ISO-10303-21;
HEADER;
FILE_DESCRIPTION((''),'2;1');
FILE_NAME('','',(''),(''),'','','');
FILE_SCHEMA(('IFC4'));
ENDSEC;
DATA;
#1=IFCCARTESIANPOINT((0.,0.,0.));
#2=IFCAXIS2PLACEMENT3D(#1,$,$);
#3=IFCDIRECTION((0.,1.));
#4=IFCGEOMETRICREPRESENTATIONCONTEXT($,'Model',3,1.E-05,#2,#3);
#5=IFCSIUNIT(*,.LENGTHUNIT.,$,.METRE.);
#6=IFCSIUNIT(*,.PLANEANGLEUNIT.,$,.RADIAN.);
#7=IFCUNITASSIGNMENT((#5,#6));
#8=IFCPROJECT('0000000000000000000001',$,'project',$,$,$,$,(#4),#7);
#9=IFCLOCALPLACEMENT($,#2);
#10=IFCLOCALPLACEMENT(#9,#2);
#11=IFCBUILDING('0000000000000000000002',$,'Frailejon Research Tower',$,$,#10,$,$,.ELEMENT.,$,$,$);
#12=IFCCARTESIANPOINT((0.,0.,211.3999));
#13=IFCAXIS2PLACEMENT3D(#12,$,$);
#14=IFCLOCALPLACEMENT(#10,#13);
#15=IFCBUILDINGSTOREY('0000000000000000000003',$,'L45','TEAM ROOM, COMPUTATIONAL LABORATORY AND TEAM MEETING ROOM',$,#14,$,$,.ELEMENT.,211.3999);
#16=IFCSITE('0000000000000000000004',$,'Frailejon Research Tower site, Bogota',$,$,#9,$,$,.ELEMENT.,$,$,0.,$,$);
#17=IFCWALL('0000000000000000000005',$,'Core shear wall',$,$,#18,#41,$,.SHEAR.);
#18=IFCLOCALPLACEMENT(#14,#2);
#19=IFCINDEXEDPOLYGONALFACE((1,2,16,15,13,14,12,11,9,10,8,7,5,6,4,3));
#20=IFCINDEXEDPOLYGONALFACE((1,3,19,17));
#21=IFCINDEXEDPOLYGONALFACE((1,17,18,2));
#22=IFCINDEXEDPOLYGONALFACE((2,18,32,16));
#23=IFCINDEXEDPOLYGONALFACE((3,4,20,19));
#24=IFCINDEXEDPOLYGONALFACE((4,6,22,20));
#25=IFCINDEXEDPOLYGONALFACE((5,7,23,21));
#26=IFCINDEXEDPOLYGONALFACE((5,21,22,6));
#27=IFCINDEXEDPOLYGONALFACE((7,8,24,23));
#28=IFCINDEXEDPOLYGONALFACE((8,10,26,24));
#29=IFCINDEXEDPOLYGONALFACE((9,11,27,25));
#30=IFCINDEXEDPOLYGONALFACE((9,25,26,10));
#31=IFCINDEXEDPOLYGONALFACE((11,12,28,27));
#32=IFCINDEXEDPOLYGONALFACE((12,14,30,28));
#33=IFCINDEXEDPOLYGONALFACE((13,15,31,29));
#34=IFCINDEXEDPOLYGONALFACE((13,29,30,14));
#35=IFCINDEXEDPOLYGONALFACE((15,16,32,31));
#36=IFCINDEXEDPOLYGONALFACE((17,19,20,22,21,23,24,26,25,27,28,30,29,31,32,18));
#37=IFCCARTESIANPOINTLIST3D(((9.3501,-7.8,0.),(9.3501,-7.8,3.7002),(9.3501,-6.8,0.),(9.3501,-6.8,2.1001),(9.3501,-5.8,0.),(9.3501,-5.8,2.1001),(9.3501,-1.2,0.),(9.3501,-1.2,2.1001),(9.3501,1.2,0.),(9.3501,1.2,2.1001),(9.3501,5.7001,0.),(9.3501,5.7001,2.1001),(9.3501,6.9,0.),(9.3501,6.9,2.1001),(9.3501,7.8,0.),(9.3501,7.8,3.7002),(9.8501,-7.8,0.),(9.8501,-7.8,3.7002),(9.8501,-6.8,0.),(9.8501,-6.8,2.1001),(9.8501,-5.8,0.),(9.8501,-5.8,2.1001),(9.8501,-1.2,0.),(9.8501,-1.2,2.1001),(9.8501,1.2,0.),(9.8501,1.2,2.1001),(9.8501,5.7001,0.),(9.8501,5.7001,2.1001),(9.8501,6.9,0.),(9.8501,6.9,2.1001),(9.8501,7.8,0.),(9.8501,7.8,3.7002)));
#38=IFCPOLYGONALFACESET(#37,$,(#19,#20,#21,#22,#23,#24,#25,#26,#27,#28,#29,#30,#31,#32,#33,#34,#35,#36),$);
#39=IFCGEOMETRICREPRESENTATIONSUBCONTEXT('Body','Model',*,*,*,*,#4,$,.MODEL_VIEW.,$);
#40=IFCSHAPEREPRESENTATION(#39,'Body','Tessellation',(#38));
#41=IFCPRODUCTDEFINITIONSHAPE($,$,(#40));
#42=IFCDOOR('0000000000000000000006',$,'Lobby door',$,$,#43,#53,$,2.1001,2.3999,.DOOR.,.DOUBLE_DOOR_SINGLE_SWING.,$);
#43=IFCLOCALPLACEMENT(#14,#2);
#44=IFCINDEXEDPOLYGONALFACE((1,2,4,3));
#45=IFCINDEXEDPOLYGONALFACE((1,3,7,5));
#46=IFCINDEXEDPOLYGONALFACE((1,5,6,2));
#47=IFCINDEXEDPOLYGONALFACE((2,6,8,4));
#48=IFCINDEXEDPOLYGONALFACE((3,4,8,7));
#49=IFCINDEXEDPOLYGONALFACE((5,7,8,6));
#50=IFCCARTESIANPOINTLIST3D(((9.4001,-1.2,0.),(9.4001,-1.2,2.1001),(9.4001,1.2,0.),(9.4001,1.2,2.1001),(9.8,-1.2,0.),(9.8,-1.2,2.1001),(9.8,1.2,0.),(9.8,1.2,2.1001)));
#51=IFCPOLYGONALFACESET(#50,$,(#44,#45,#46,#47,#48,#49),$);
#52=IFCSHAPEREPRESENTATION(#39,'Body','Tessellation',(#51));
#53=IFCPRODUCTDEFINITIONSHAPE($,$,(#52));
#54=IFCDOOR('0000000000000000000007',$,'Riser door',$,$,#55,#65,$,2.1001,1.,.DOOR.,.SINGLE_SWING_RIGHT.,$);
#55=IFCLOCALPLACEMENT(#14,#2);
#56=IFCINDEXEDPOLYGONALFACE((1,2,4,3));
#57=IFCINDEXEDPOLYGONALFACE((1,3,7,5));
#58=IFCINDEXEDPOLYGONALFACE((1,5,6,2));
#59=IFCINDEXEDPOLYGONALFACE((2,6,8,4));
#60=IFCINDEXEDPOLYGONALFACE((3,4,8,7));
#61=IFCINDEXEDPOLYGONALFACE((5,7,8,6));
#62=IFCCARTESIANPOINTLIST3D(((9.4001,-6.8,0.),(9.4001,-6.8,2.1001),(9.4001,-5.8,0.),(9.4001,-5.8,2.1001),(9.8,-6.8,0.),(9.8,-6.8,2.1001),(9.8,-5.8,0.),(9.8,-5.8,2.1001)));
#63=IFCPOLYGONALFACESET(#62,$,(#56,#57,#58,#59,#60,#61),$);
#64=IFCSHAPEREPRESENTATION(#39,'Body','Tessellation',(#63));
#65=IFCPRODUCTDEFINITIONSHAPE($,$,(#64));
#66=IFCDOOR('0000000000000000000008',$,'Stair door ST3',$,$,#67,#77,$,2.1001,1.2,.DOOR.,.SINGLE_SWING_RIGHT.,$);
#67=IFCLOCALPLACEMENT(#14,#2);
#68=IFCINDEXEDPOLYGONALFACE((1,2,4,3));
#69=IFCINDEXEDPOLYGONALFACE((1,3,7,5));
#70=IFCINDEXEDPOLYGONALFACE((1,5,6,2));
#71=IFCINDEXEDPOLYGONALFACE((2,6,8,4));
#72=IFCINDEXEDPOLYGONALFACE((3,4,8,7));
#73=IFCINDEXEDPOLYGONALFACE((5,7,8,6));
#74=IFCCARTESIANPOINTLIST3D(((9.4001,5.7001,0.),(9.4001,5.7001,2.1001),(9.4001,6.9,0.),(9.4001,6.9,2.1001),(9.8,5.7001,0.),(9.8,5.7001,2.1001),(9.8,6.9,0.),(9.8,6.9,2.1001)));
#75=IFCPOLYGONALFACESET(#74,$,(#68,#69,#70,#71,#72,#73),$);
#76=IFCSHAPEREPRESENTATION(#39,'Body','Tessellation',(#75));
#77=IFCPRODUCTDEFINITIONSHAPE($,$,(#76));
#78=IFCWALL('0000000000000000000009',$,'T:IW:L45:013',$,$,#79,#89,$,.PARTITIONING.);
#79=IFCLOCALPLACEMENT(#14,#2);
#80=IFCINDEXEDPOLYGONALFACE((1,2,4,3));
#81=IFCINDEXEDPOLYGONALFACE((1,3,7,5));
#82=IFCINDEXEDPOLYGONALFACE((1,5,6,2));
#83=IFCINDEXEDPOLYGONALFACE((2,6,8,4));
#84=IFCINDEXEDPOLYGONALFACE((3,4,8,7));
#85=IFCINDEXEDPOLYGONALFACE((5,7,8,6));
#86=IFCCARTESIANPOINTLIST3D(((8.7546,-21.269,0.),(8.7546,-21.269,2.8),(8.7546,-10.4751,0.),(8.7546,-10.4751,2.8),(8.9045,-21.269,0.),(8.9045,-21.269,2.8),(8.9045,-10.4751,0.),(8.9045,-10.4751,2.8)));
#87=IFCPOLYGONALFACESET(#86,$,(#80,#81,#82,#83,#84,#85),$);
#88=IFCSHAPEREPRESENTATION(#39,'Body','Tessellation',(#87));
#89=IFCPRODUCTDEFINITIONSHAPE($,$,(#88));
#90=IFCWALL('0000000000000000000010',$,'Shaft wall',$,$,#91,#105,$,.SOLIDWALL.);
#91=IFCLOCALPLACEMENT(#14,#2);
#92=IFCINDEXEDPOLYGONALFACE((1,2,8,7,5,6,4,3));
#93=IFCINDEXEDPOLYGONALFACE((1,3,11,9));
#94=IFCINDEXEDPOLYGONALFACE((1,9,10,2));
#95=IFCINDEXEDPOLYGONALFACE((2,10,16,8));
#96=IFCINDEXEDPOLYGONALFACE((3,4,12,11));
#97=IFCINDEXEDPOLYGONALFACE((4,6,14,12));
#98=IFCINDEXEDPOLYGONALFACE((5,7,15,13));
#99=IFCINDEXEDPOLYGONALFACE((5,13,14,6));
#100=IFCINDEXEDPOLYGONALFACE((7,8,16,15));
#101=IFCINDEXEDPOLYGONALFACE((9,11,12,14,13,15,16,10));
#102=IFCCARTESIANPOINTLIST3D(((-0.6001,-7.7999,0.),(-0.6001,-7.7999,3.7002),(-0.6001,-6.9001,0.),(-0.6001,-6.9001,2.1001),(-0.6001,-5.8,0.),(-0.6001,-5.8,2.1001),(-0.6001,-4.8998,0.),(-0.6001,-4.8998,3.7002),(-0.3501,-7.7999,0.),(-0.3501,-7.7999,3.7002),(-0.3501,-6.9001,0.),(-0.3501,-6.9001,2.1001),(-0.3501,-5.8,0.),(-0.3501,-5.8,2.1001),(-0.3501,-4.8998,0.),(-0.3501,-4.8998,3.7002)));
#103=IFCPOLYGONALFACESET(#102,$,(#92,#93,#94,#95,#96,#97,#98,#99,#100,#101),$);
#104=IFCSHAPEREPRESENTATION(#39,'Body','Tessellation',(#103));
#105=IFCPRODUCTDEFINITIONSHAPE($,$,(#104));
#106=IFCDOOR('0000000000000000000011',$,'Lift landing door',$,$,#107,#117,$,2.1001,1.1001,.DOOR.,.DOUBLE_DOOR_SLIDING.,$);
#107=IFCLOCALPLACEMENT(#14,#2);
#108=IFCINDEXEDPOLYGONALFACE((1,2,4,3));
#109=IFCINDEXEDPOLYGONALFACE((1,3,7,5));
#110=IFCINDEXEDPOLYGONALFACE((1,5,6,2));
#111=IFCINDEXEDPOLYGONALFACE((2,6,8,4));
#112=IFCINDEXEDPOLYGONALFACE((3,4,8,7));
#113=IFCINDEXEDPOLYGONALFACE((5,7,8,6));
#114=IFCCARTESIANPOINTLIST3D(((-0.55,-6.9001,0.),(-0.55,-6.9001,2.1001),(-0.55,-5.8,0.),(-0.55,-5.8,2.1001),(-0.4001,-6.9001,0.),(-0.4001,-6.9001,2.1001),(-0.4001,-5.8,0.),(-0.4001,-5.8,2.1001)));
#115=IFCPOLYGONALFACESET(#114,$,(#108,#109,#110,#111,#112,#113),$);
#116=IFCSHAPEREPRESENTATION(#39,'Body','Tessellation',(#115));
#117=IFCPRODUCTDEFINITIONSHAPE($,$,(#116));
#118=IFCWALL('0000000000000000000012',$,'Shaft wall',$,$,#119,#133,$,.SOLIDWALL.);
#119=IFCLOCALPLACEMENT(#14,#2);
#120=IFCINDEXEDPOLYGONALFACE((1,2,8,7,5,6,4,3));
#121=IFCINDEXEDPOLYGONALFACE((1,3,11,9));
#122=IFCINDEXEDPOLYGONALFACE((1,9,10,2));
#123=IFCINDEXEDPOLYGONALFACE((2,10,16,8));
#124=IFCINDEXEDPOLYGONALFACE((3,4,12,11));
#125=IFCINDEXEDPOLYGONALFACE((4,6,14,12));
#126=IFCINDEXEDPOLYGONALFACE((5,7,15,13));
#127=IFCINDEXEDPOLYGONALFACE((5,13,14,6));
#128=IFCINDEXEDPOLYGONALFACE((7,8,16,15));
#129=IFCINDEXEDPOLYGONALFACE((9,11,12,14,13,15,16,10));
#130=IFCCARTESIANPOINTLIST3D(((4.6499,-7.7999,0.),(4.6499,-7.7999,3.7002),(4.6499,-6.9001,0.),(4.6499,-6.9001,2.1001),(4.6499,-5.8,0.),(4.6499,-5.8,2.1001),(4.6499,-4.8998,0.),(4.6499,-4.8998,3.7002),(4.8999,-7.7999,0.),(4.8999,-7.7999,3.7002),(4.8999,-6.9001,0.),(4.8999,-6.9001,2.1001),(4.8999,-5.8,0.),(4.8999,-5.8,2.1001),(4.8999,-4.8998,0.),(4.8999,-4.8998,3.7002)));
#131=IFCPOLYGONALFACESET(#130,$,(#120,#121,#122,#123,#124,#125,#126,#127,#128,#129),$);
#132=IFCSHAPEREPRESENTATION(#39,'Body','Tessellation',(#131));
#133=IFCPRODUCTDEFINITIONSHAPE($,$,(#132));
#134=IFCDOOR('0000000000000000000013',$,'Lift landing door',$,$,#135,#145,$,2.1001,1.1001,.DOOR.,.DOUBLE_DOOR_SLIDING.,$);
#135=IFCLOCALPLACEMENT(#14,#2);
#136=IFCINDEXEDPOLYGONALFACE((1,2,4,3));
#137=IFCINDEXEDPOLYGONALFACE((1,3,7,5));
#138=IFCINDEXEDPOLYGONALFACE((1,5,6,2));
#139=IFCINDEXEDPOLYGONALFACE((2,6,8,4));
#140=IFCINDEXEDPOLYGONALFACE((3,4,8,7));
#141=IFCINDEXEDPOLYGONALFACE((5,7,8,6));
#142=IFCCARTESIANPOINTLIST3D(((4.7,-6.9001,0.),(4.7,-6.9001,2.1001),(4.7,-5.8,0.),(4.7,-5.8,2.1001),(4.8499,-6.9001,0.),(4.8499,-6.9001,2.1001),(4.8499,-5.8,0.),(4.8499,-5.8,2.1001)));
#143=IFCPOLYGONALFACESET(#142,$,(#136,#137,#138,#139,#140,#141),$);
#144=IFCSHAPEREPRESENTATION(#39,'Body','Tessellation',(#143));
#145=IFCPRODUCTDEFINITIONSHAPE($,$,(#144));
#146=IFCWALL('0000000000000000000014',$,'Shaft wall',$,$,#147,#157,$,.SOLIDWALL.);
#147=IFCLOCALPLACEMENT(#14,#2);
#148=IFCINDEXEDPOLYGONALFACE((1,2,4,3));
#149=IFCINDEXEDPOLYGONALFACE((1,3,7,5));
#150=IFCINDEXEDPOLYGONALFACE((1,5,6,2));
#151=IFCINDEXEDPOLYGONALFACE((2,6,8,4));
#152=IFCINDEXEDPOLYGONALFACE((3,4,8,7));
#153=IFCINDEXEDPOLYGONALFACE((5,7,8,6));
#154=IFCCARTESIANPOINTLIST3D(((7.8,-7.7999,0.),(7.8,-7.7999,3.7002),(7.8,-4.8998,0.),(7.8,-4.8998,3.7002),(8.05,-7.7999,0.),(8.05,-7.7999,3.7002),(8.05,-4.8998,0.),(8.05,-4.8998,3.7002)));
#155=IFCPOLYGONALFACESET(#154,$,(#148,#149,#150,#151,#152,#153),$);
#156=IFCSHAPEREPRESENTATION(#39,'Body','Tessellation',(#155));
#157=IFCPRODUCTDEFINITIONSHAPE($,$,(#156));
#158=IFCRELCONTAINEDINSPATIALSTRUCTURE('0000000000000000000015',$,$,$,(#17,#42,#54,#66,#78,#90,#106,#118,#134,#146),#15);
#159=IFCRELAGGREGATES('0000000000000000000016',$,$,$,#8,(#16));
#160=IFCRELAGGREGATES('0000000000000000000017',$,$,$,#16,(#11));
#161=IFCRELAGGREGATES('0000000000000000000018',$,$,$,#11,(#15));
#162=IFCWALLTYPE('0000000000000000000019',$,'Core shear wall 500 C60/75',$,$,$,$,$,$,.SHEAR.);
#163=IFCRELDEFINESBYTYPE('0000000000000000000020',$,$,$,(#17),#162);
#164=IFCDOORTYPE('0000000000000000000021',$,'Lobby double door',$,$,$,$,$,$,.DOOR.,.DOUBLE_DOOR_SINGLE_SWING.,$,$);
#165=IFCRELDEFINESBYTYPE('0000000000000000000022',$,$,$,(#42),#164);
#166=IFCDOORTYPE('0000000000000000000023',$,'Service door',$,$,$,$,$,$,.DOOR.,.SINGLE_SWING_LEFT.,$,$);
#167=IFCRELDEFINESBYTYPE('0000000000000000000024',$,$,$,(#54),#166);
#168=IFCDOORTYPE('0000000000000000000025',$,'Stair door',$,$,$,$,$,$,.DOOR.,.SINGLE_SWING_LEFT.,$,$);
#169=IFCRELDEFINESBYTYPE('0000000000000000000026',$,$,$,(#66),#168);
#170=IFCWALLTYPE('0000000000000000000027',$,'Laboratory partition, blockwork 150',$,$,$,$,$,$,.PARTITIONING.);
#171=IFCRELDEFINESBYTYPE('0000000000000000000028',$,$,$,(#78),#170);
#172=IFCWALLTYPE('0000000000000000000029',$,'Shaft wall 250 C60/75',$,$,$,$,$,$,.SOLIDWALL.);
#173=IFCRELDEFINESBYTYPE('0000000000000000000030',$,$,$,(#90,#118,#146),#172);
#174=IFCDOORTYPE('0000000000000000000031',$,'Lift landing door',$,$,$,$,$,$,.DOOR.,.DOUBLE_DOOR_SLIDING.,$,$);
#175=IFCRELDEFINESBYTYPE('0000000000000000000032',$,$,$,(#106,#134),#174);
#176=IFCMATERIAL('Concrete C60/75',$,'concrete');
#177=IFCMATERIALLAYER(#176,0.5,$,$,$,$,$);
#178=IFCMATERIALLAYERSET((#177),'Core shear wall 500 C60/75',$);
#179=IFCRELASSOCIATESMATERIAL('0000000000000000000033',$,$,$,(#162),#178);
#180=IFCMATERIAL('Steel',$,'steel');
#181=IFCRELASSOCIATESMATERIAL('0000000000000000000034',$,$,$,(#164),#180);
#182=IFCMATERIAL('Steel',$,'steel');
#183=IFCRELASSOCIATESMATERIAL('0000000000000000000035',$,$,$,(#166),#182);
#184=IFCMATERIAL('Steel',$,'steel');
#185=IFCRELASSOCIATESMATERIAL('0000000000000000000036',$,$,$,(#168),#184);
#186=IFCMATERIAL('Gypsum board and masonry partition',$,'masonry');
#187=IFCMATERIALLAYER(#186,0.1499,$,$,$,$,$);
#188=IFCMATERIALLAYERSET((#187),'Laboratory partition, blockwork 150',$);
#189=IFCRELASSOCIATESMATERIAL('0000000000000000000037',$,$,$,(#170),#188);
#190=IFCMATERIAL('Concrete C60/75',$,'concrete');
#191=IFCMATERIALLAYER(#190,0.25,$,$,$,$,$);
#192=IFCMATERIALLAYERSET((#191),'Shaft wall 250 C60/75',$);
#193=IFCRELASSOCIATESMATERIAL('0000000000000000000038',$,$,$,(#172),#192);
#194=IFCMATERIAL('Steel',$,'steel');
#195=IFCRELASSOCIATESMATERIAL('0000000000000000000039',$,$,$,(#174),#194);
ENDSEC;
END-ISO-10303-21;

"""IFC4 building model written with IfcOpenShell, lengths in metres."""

from ifc_helpers import new_model, si_unit, direction, frame, frame_2d, origin, place, context, subcontext, project, spatial, rectangle, extrude, material, layer, layer_set, type_object, element, fill, save


model = new_model("IFC4")

# Units and contexts
model_context = context("Model", 3, precision=1e-05, world=origin(), true_north=direction((0.0, 1.0)))
body_context = subcontext(model_context, "Body", "Model", "MODEL_VIEW")
ifc_project = project(units=[si_unit("LENGTHUNIT", "METRE"), si_unit("PLANEANGLEUNIT", "RADIAN")], contexts=[model_context])

# Site, building, storey
site_placement = place(None, origin())
site = spatial("IfcSite", under=ifc_project, at=site_placement, Name="Frailejon Research Tower site, Bogota", CompositionType="ELEMENT", RefElevation=0.0)
building_placement = place(site_placement, origin())
building = spatial("IfcBuilding", under=site, at=building_placement, Name="Frailejon Research Tower", CompositionType="ELEMENT")
storey_placement = place(building_placement, frame((0.0, 0.0, 211.3999)))
storey = spatial("IfcBuildingStorey", under=building, at=storey_placement, Name="L45", Description="TEAM ROOM, COMPUTATIONAL LABORATORY AND TEAM MEETING ROOM", CompositionType="ELEMENT", Elevation=211.3999)

# Wall, openings, doors
ifc_material_1 = material(Name="Concrete C60/75", Category="concrete")
ifc_layer_1 = layer(ifc_material_1, 0.5)
ifc_layer_set_1 = layer_set([ifc_layer_1], Name="Core shear wall 500 C60/75")
wall_type_1 = type_object("IfcWallType", Name="Core shear wall 500 C60/75", PredefinedType="SHEAR", material=ifc_layer_set_1)
wall_1_placement = place(storey_placement, frame((9.6001, -7.8, 0.0), z_axis=(0.0, 0.0, 1.0), x_axis=(0.0, 1.0, 0.0)))
wall_1 = element("IfcWall", 1, at=wall_1_placement, inside=storey, type_object=wall_type_1, Name="Core shear wall", PredefinedType="SHEAR", context=body_context, shape_type="SweptSolid", body=[
    extrude(rectangle(XDim=15.6001, YDim=0.5, at=frame_2d((7.8, 0.0))), origin(), (0.0, 0.0, 1.0), 3.7002),
])
opening_1_placement = place(wall_1_placement, frame((6.6001, 0.0, 0.0)))
opening_1 = element("IfcOpeningElement", 2, at=opening_1_placement, cuts=wall_1, PredefinedType="OPENING", context=body_context, shape_type="SweptSolid", body=[
    extrude(rectangle(XDim=2.3999, YDim=2.1001, at=frame_2d((1.2, 1.05))), frame((0.0, 0.26, 0.0), z_axis=(0.0, -1.0, 0.0), x_axis=(1.0, 0.0, 0.0)), (0.0, 0.0, 1.0), 0.52),
])
opening_2_placement = place(wall_1_placement, frame((13.5, 0.0, 0.0)))
opening_2 = element("IfcOpeningElement", 3, at=opening_2_placement, cuts=wall_1, PredefinedType="OPENING", context=body_context, shape_type="SweptSolid", body=[
    extrude(rectangle(XDim=1.2, YDim=2.1001, at=frame_2d((0.6001, 1.05))), frame((0.0, 0.26, 0.0), z_axis=(0.0, -1.0, 0.0), x_axis=(1.0, 0.0, 0.0)), (0.0, 0.0, 1.0), 0.52),
])
opening_3_placement = place(wall_1_placement, frame((1.0, 0.0, 0.0)))
opening_3 = element("IfcOpeningElement", 4, at=opening_3_placement, cuts=wall_1, PredefinedType="OPENING", context=body_context, shape_type="SweptSolid", body=[
    extrude(rectangle(XDim=1.0, YDim=2.1001, at=frame_2d((0.5, 1.05))), frame((0.0, 0.26, 0.0), z_axis=(0.0, -1.0, 0.0), x_axis=(1.0, 0.0, 0.0)), (0.0, 0.0, 1.0), 0.52),
])
ifc_material_2 = material(Name="Steel", Category="steel")
door_type_1 = type_object("IfcDoorType", Name="Lobby double door", OperationType="DOUBLE_DOOR_SINGLE_SWING", PredefinedType="DOOR", material=ifc_material_2)
door_1_placement = place(opening_1_placement, origin())
door_1 = element("IfcDoor", 5, at=door_1_placement, inside=storey, type_object=door_type_1, Name="Lobby door", OperationType="DOUBLE_DOOR_SINGLE_SWING", OverallHeight=2.1001, OverallWidth=2.3999, PredefinedType="DOOR", context=body_context, shape_type="SweptSolid", body=[
    extrude(rectangle(XDim=2.3999, YDim=2.1001, at=frame_2d((1.2, 1.05))), frame((0.0, 0.2, 0.0), z_axis=(0.0, -1.0, 0.0), x_axis=(1.0, 0.0, 0.0)), (0.0, 0.0, 1.0), 0.3999),
])
fill(opening_1, door_1)
ifc_material_3 = material(Name="Steel", Category="steel")
door_type_2 = type_object("IfcDoorType", Name="Service door", OperationType="SINGLE_SWING_LEFT", PredefinedType="DOOR", material=ifc_material_3)
door_2_placement = place(opening_3_placement, origin())
door_2 = element("IfcDoor", 6, at=door_2_placement, inside=storey, type_object=door_type_2, Name="Riser door", OperationType="SINGLE_SWING_RIGHT", OverallHeight=2.1001, OverallWidth=1.0, PredefinedType="DOOR", context=body_context, shape_type="SweptSolid", body=[
    extrude(rectangle(XDim=1.0, YDim=2.1001, at=frame_2d((0.5, 1.05))), frame((0.0, 0.2, 0.0), z_axis=(0.0, -1.0, 0.0), x_axis=(1.0, 0.0, 0.0)), (0.0, 0.0, 1.0), 0.3999),
])
fill(opening_3, door_2)
ifc_material_4 = material(Name="Steel", Category="steel")
door_type_3 = type_object("IfcDoorType", Name="Stair door", OperationType="SINGLE_SWING_LEFT", PredefinedType="DOOR", material=ifc_material_4)
door_3_placement = place(opening_2_placement, origin())
door_3 = element("IfcDoor", 7, at=door_3_placement, inside=storey, type_object=door_type_3, Name="Stair door ST3", OperationType="SINGLE_SWING_RIGHT", OverallHeight=2.1001, OverallWidth=1.2, PredefinedType="DOOR", context=body_context, shape_type="SweptSolid", body=[
    extrude(rectangle(XDim=1.2, YDim=2.1001, at=frame_2d((0.6001, 1.05))), frame((0.0, 0.2, 0.0), z_axis=(0.0, -1.0, 0.0), x_axis=(1.0, 0.0, 0.0)), (0.0, 0.0, 1.0), 0.3999),
])
fill(opening_2, door_3)

# Wall
ifc_material_5 = material(Name="Gypsum board and masonry partition", Category="masonry")
ifc_layer_2 = layer(ifc_material_5, 0.1499)
ifc_layer_set_2 = layer_set([ifc_layer_2], Name="Laboratory partition, blockwork 150")
wall_type_2 = type_object("IfcWallType", Name="Laboratory partition, blockwork 150", PredefinedType="PARTITIONING", material=ifc_layer_set_2)
wall_2_placement = place(storey_placement, frame((8.8296, -21.269, 0.0), z_axis=(0.0, 0.0, 1.0), x_axis=(0.0, 1.0, 0.0)))
element("IfcWall", 8, at=wall_2_placement, inside=storey, type_object=wall_type_2, Name="T:IW:L45:013", PredefinedType="PARTITIONING", context=body_context, shape_type="SweptSolid", body=[
    extrude(rectangle(XDim=10.7939, YDim=0.1499, at=frame_2d((5.397, 0.0))), origin(), (0.0, 0.0, 1.0), 2.8),
])

# Walls, openings, doors
ifc_material_6 = material(Name="Concrete C60/75", Category="concrete")
ifc_layer_3 = layer(ifc_material_6, 0.25)
ifc_layer_set_3 = layer_set([ifc_layer_3], Name="Shaft wall 250 C60/75")
wall_type_3 = type_object("IfcWallType", Name="Shaft wall 250 C60/75", PredefinedType="SOLIDWALL", material=ifc_layer_set_3)
wall_3_placement = place(storey_placement, frame((-0.4751, -7.8, 0.0), z_axis=(0.0, 0.0, 1.0), x_axis=(0.0, 1.0, 0.0)))
wall_3 = element("IfcWall", 9, at=wall_3_placement, inside=storey, type_object=wall_type_3, Name="Shaft wall", PredefinedType="SOLIDWALL", context=body_context, shape_type="SweptSolid", body=[
    extrude(rectangle(XDim=2.9001, YDim=0.25, at=frame_2d((1.4502, 0.0))), origin(), (0.0, 0.0, 1.0), 3.7002),
])
opening_4_placement = place(wall_3_placement, frame((0.8999, 0.0, 0.0)))
opening_4 = element("IfcOpeningElement", 10, at=opening_4_placement, cuts=wall_3, PredefinedType="OPENING", context=body_context, shape_type="SweptSolid", body=[
    extrude(rectangle(XDim=1.1001, YDim=2.1001, at=frame_2d((0.55, 1.05))), frame((0.0, 0.135, 0.0), z_axis=(0.0, -1.0, 0.0), x_axis=(1.0, 0.0, 0.0)), (0.0, 0.0, 1.0), 0.27),
])
ifc_material_7 = material(Name="Steel", Category="steel")
door_type_4 = type_object("IfcDoorType", Name="Lift landing door", OperationType="DOUBLE_DOOR_SLIDING", PredefinedType="DOOR", material=ifc_material_7)
door_4_placement = place(opening_4_placement, origin())
door_4 = element("IfcDoor", 11, at=door_4_placement, inside=storey, type_object=door_type_4, Name="Lift landing door", OperationType="DOUBLE_DOOR_SLIDING", OverallHeight=2.1001, OverallWidth=1.1001, PredefinedType="DOOR", context=body_context, shape_type="SweptSolid", body=[
    extrude(rectangle(XDim=1.1001, YDim=2.1001, at=frame_2d((0.55, 1.05))), frame((0.0, 0.075, 0.0), z_axis=(0.0, -1.0, 0.0), x_axis=(1.0, 0.0, 0.0)), (0.0, 0.0, 1.0), 0.1499),
])
fill(opening_4, door_4)
wall_4_placement = place(storey_placement, frame((4.7749, -7.8, 0.0), z_axis=(0.0, 0.0, 1.0), x_axis=(0.0, 1.0, 0.0)))
wall_4 = element("IfcWall", 12, at=wall_4_placement, inside=storey, type_object=wall_type_3, Name="Shaft wall", PredefinedType="SOLIDWALL", context=body_context, shape_type="SweptSolid", body=[
    extrude(rectangle(XDim=2.9001, YDim=0.25, at=frame_2d((1.4502, 0.0))), origin(), (0.0, 0.0, 1.0), 3.7002),
])
opening_5_placement = place(wall_4_placement, frame((0.8999, 0.0, 0.0)))
opening_5 = element("IfcOpeningElement", 13, at=opening_5_placement, cuts=wall_4, PredefinedType="OPENING", context=body_context, shape_type="SweptSolid", body=[
    extrude(rectangle(XDim=1.1001, YDim=2.1001, at=frame_2d((0.55, 1.05))), frame((0.0, 0.135, 0.0), z_axis=(0.0, -1.0, 0.0), x_axis=(1.0, 0.0, 0.0)), (0.0, 0.0, 1.0), 0.27),
])
door_5_placement = place(opening_5_placement, origin())
door_5 = element("IfcDoor", 14, at=door_5_placement, inside=storey, type_object=door_type_4, Name="Lift landing door", OperationType="DOUBLE_DOOR_SLIDING", OverallHeight=2.1001, OverallWidth=1.1001, PredefinedType="DOOR", context=body_context, shape_type="SweptSolid", body=[
    extrude(rectangle(XDim=1.1001, YDim=2.1001, at=frame_2d((0.55, 1.05))), frame((0.0, 0.075, 0.0), z_axis=(0.0, -1.0, 0.0), x_axis=(1.0, 0.0, 0.0)), (0.0, 0.0, 1.0), 0.1499),
])
fill(opening_5, door_5)

# Wall
wall_5_placement = place(storey_placement, frame((7.925, -7.8, 0.0), z_axis=(0.0, 0.0, 1.0), x_axis=(0.0, 1.0, 0.0)))
element("IfcWall", 15, at=wall_5_placement, inside=storey, type_object=wall_type_3, Name="Shaft wall", PredefinedType="SOLIDWALL", context=body_context, shape_type="SweptSolid", body=[
    extrude(rectangle(XDim=2.9001, YDim=0.25, at=frame_2d((1.4502, 0.0))), origin(), (0.0, 0.0, 1.0), 3.7002),
])

save(model, "model.ifc")
